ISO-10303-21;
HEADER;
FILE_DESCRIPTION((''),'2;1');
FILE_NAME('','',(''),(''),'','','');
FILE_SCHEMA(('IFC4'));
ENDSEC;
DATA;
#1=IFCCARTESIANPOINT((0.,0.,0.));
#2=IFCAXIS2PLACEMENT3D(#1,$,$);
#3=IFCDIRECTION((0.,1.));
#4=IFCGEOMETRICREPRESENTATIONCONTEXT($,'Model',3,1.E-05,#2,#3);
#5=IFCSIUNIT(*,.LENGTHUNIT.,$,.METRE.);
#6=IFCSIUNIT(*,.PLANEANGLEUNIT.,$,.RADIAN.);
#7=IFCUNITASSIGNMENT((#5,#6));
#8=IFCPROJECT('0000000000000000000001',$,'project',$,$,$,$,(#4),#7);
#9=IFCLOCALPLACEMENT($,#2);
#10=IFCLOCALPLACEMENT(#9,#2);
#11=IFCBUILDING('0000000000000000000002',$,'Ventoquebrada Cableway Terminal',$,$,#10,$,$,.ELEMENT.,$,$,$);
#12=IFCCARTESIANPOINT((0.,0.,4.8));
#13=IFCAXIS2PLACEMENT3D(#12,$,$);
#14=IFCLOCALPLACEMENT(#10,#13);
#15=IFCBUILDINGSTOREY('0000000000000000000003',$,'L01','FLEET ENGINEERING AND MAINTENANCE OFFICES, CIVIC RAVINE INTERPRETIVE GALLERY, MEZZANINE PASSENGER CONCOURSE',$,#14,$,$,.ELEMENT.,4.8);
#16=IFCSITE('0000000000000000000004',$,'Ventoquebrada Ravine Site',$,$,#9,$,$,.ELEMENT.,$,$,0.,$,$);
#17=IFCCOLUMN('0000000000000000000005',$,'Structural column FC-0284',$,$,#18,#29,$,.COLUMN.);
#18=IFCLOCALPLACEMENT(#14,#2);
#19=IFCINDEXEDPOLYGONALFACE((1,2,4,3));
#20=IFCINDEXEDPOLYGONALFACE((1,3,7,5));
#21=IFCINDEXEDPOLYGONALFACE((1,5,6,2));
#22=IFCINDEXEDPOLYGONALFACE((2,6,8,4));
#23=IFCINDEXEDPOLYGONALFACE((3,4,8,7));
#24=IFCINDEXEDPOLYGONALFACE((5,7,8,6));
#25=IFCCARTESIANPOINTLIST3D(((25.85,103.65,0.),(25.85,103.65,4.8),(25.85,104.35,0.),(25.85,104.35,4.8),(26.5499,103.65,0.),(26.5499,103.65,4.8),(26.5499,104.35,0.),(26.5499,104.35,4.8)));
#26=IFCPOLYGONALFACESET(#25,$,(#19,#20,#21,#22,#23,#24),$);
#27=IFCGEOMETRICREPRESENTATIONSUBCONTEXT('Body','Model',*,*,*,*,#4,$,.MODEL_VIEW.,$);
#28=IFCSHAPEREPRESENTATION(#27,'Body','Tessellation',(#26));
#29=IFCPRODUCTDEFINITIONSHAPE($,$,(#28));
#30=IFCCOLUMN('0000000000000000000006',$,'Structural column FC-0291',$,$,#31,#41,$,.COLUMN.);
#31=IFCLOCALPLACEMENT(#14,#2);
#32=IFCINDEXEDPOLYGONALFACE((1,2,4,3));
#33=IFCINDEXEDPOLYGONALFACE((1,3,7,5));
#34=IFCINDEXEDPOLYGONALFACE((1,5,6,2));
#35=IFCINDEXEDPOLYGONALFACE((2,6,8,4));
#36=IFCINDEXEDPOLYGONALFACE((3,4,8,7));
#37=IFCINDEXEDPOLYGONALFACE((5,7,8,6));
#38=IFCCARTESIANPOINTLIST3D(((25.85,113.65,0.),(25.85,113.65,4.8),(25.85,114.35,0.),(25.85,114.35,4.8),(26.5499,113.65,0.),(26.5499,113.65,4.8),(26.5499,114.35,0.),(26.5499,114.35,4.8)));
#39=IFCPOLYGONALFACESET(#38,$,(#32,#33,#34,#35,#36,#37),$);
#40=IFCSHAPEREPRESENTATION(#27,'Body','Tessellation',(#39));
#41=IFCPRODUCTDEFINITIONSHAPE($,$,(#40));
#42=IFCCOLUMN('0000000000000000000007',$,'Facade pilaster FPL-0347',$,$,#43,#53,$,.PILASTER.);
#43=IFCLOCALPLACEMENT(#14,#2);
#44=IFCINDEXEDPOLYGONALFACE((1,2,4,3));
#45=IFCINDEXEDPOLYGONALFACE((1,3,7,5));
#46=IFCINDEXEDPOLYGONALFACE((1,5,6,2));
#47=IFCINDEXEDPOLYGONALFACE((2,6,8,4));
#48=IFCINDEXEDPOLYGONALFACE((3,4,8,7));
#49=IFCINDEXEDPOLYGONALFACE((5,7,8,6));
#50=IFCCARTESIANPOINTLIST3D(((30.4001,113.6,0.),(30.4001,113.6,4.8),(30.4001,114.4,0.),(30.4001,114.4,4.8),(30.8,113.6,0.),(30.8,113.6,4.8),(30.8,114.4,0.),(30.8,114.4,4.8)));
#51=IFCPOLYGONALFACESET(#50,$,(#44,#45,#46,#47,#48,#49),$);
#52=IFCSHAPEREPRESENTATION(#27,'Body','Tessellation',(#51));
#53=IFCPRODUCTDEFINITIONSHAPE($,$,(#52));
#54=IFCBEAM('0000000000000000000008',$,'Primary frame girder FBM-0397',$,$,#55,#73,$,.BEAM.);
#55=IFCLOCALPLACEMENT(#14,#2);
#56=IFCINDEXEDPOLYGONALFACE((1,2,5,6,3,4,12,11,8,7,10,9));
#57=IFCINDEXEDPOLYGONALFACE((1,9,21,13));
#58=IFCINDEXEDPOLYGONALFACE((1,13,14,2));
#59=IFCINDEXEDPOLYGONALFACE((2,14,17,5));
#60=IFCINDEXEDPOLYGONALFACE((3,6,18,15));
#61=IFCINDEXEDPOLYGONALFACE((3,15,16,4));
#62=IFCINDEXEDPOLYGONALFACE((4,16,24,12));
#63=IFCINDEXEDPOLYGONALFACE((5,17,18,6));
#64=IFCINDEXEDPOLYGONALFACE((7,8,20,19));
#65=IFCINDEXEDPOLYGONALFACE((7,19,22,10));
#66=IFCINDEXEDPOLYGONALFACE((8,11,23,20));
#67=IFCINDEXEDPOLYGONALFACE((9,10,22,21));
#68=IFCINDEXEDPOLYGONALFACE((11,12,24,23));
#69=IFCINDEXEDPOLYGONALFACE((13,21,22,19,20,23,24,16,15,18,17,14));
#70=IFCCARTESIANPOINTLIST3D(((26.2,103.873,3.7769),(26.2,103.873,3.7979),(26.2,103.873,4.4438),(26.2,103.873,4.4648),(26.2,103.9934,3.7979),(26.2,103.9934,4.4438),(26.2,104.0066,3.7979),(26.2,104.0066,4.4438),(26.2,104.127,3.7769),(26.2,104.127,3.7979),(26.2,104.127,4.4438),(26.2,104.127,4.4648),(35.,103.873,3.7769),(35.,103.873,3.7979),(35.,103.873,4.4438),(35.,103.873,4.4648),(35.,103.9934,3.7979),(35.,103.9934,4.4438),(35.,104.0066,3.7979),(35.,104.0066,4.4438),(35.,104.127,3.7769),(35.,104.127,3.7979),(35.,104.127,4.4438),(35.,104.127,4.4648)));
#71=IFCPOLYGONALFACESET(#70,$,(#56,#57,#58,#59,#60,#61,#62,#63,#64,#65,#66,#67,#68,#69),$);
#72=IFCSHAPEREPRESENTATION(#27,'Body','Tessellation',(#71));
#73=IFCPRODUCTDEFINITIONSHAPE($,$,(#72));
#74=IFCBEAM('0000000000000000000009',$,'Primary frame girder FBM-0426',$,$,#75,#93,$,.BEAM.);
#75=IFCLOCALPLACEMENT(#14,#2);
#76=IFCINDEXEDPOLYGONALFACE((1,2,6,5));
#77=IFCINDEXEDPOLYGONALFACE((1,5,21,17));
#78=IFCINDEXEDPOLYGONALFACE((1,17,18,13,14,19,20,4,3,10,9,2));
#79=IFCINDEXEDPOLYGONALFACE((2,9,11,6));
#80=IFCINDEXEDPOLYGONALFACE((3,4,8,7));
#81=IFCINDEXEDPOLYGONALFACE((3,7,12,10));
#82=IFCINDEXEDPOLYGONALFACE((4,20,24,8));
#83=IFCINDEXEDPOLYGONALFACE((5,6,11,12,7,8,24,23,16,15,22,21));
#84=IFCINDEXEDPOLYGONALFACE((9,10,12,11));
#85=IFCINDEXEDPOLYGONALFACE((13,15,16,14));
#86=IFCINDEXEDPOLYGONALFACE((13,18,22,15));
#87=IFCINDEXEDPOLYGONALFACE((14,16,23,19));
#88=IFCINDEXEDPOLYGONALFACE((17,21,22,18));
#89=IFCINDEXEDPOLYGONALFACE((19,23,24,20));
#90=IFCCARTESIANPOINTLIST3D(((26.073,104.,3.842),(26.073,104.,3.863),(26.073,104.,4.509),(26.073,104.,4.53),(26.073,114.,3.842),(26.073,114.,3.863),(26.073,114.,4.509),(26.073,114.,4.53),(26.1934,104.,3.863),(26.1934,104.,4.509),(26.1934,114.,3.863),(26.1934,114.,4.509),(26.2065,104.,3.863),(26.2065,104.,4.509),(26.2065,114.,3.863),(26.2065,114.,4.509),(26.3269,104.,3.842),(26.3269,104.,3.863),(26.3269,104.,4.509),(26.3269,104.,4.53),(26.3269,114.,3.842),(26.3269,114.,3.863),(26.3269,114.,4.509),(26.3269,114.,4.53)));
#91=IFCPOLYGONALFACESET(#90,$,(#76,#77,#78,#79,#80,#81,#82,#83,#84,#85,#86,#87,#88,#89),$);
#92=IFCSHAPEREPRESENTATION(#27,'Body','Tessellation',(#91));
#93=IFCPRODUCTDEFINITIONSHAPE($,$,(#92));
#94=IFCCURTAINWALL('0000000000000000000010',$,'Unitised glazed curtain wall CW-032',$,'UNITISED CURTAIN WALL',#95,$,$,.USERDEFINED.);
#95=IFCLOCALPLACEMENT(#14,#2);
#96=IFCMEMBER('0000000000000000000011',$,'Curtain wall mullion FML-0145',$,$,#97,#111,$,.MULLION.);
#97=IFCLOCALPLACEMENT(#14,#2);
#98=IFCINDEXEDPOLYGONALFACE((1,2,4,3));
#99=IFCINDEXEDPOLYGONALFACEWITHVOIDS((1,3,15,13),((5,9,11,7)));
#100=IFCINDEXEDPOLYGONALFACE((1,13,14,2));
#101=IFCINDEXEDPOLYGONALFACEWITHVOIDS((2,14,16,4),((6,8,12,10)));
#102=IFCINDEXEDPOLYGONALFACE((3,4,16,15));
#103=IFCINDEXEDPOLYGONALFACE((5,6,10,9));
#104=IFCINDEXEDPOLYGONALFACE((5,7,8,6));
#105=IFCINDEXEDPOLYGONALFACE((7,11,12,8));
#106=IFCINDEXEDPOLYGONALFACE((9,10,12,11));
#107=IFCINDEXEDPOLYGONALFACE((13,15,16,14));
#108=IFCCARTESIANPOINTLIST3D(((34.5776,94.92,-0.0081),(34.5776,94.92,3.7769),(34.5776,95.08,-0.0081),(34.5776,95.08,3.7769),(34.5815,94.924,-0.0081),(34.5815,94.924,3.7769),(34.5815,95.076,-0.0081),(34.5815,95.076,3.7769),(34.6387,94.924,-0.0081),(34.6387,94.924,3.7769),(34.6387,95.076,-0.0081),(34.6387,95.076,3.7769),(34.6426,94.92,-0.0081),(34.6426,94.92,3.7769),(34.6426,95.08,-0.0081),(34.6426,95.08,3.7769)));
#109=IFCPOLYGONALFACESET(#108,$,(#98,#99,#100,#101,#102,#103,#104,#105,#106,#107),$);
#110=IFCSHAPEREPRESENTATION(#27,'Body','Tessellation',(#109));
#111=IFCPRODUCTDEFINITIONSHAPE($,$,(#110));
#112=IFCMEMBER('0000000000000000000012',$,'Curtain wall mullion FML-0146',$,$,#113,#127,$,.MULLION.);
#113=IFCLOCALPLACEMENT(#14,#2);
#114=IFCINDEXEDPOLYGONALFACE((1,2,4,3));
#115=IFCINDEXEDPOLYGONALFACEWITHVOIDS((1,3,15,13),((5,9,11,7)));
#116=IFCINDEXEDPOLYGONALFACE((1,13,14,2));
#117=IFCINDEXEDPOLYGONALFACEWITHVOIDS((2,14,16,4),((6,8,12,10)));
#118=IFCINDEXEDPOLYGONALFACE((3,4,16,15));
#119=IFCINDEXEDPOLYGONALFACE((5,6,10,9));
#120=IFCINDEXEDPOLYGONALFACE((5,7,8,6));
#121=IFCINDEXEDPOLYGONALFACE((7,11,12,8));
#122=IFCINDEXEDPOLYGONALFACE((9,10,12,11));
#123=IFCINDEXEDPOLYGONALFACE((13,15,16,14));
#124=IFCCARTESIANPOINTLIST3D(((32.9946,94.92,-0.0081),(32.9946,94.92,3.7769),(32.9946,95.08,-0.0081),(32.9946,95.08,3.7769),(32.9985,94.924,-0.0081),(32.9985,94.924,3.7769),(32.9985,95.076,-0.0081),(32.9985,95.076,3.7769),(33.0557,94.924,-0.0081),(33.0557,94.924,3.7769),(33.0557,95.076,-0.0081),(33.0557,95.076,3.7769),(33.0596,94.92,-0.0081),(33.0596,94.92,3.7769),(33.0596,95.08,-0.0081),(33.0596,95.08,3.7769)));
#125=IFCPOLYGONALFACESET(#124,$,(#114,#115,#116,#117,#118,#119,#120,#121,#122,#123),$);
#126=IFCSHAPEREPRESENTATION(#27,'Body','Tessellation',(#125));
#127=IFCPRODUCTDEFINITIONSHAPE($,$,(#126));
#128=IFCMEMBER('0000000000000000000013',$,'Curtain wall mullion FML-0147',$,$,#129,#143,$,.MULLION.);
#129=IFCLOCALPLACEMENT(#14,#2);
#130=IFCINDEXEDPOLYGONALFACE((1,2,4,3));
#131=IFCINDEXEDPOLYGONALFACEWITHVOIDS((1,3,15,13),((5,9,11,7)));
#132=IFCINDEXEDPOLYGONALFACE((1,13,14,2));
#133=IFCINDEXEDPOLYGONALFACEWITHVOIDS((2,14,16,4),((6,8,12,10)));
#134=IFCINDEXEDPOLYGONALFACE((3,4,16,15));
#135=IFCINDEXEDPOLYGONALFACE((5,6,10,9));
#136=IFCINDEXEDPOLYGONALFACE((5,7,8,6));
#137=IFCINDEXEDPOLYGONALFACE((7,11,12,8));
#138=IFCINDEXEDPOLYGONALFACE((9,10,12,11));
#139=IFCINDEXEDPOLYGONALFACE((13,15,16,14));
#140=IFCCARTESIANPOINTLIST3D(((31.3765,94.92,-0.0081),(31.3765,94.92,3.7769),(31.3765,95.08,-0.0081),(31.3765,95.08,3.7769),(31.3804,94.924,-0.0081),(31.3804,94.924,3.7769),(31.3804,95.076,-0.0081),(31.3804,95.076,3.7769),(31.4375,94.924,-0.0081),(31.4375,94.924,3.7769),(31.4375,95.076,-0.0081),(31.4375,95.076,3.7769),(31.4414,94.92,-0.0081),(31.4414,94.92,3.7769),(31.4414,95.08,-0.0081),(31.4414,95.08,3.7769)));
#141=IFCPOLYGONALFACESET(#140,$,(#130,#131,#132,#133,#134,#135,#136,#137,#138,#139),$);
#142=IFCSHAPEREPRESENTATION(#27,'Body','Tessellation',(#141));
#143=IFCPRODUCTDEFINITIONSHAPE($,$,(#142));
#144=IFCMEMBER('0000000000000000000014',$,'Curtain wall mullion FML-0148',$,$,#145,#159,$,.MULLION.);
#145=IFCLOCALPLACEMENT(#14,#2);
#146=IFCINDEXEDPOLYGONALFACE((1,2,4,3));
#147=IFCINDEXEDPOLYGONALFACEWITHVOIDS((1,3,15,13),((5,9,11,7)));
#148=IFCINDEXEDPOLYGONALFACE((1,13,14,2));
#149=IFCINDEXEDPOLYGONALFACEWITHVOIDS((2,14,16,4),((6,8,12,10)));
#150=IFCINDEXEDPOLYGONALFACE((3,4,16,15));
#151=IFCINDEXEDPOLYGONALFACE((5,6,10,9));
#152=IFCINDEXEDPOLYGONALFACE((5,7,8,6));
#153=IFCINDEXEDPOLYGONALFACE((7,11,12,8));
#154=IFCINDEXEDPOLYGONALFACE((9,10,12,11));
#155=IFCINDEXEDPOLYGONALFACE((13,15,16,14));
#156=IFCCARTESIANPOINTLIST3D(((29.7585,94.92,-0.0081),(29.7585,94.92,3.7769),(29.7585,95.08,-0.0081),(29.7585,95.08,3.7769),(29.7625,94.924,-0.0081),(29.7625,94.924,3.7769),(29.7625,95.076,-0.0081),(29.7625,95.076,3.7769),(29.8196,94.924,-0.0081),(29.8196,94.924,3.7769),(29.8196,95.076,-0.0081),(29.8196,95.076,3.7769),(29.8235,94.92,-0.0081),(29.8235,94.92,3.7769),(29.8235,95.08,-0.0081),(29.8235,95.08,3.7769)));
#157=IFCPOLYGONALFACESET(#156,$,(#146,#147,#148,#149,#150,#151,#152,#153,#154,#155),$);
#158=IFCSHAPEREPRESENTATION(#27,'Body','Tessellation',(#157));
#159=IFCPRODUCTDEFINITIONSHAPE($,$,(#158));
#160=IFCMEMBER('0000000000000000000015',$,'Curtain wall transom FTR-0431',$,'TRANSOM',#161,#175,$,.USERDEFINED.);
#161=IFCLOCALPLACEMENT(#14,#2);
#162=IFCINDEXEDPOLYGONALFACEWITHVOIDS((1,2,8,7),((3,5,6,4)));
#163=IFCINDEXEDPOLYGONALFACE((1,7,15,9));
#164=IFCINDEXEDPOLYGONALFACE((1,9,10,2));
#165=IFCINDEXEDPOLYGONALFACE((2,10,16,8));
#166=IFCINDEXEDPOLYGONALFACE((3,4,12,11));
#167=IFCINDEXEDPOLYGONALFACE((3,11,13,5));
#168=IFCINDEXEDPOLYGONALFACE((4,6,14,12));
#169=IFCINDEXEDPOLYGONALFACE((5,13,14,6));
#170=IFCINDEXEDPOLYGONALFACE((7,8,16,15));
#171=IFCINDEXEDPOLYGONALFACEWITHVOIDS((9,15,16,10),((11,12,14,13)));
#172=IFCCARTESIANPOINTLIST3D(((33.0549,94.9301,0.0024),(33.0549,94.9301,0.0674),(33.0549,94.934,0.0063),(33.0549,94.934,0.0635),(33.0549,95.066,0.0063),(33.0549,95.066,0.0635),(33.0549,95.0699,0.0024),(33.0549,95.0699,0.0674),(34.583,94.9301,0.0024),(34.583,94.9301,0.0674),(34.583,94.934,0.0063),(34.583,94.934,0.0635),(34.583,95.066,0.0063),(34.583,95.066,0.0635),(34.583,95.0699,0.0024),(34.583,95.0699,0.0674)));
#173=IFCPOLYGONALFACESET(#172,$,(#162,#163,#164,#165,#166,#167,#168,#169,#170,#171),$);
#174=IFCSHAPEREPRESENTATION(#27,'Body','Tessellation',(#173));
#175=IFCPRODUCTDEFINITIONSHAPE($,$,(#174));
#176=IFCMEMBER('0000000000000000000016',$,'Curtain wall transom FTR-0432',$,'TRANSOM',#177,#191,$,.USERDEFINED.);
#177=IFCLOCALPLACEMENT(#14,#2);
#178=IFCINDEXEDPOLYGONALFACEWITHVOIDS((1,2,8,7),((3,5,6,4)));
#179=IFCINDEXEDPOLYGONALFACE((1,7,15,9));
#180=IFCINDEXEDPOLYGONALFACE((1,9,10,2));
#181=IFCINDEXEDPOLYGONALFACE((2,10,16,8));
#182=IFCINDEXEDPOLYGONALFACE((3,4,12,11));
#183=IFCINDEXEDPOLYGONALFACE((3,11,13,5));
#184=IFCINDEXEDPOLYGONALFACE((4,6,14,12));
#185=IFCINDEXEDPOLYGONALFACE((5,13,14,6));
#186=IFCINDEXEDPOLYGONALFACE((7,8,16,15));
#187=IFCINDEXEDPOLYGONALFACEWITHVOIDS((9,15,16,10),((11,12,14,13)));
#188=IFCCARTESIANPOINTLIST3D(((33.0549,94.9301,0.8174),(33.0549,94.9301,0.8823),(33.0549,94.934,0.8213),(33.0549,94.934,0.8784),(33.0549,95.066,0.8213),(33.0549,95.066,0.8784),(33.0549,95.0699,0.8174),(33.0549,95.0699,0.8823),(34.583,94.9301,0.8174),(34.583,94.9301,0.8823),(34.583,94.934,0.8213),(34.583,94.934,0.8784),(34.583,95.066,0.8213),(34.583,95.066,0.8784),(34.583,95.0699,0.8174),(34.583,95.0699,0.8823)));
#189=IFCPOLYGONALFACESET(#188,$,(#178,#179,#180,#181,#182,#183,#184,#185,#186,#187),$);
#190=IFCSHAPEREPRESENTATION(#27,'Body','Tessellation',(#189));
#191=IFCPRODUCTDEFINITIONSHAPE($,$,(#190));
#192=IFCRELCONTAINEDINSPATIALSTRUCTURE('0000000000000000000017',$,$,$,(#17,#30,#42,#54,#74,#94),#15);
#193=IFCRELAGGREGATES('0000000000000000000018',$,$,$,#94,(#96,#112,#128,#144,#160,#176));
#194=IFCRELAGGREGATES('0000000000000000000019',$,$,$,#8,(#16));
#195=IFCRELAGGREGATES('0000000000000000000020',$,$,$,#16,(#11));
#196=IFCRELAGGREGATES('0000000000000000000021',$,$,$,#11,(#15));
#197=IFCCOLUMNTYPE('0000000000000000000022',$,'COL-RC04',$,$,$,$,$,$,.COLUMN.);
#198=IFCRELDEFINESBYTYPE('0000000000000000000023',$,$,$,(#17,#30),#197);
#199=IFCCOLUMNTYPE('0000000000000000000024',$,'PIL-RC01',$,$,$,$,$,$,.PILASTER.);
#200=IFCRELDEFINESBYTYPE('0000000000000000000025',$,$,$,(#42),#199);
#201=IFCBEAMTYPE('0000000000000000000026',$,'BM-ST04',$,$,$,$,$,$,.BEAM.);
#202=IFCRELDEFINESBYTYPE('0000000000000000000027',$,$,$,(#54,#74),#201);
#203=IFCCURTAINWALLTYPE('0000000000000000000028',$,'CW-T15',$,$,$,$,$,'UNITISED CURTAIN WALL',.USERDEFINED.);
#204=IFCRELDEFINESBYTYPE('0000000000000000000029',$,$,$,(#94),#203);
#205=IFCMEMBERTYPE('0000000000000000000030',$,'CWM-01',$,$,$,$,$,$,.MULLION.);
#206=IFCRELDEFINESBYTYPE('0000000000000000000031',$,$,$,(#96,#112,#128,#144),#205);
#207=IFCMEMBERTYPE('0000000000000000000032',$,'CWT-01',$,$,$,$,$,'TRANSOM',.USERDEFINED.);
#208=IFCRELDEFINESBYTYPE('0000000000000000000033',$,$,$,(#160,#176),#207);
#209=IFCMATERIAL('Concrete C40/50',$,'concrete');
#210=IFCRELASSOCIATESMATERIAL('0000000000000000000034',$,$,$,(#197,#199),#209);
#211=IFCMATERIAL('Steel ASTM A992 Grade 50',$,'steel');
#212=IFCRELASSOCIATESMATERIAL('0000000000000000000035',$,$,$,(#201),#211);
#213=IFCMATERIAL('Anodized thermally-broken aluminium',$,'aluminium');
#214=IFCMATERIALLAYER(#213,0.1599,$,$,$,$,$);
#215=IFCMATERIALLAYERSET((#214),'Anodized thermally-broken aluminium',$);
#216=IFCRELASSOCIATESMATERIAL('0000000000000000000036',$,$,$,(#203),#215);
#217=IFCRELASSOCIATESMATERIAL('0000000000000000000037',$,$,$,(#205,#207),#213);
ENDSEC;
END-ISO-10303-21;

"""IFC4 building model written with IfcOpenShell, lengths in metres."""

from ifc_helpers import new_model, si_unit, direction, frame, origin, origin_2d, place, context, subcontext, project, spatial, rectangle, hollow_rectangle, i_section, extrude, material, layer, layer_set, material_profile, profile_set, type_object, element, aggregate, save


model = new_model("IFC4")

# Units and contexts
model_context = context("Model", 3, precision=1e-05, world=origin(), true_north=direction((0.0, 1.0)))
body_context = subcontext(model_context, "Body", "Model", "MODEL_VIEW")
ifc_project = project(units=[si_unit("LENGTHUNIT", "METRE"), si_unit("PLANEANGLEUNIT", "RADIAN")], contexts=[model_context])

# Site, building, storey
site_placement = place(None, origin())
site = spatial("IfcSite", under=ifc_project, at=site_placement, Name="Ventoquebrada Ravine Site", CompositionType="ELEMENT", RefElevation=0.0)
building_placement = place(site_placement, origin())
building = spatial("IfcBuilding", under=site, at=building_placement, Name="Ventoquebrada Cableway Terminal", CompositionType="ELEMENT")
storey_placement = place(building_placement, frame((0.0, 0.0, 4.8)))
storey = spatial("IfcBuildingStorey", under=building, at=storey_placement, Name="L01", Description="FLEET ENGINEERING AND MAINTENANCE OFFICES, CIVIC RAVINE INTERPRETIVE GALLERY, MEZZANINE PASSENGER CONCOURSE", CompositionType="ELEMENT", Elevation=4.8)

# Columns
ifc_material_1 = material(Name="Concrete C40/50", Category="concrete")
ifc_material_profile_1 = material_profile(ifc_material_1, rectangle(XDim=0.7, YDim=0.7, at=origin_2d()), Name="RC-COL-700X700")
ifc_profile_set_1 = profile_set([ifc_material_profile_1], Name="Concrete C40/50")
column_type_1 = type_object("IfcColumnType", Name="COL-RC04", PredefinedType="COLUMN", material=ifc_profile_set_1)
for number, where, z_axis, x_axis, name in (
    (1, (26.2, 104.0, 0.0), (0.0, 0.0, 1.0), (1.0, 0.0, 0.0), "Structural column FC-0284"),
    (2, (26.2, 114.0, 0.0), (0.0, 0.0, 1.0), (1.0, 0.0, 0.0), "Structural column FC-0291"),
):
    element("IfcColumn", number, at=place(storey_placement, frame(where, z_axis=z_axis, x_axis=x_axis)), inside=storey, type_object=column_type_1, Name=name, PredefinedType="COLUMN", context=body_context, shape_type="SweptSolid", body=[
        extrude(rectangle(XDim=0.7, YDim=0.7, at=origin_2d()), origin(), (0.0, 0.0, 1.0), 4.8),
    ])
ifc_material_profile_2 = material_profile(ifc_material_1, rectangle(XDim=0.3999, YDim=0.8, at=origin_2d()), Name="RC-PIL-400X800")
ifc_profile_set_2 = profile_set([ifc_material_profile_2], Name="Concrete C40/50")
column_type_2 = type_object("IfcColumnType", Name="PIL-RC01", PredefinedType="PILASTER", material=ifc_profile_set_2)
column_placement = place(storey_placement, frame((30.6001, 114.0, 0.0), z_axis=(0.0, 0.0, 1.0), x_axis=(1.0, 0.0, 0.0)))
element("IfcColumn", 3, at=column_placement, inside=storey, type_object=column_type_2, Name="Facade pilaster FPL-0347", PredefinedType="PILASTER", context=body_context, shape_type="SweptSolid", body=[
    extrude(rectangle(XDim=0.3999, YDim=0.8, at=origin_2d()), origin(), (0.0, 0.0, 1.0), 4.8),
])

# Beams
ifc_material_2 = material(Name="Steel ASTM A992 Grade 50", Category="steel")
ifc_material_profile_3 = material_profile(ifc_material_2, i_section(OverallWidth=0.2539, OverallDepth=0.688, WebThickness=0.0132, FlangeThickness=0.021, at=origin_2d()), Name="W27X102")
ifc_profile_set_3 = profile_set([ifc_material_profile_3], Name="Steel ASTM A992 Grade 50")
beam_type_1 = type_object("IfcBeamType", Name="BM-ST04", PredefinedType="BEAM", material=ifc_profile_set_3)
beam_1_placement = place(storey_placement, frame((26.2, 104.0, 4.1208), z_axis=(1.0, 0.0, 0.0), x_axis=(0.0, 1.0, 0.0)))
element("IfcBeam", 4, at=beam_1_placement, inside=storey, type_object=beam_type_1, Name="Primary frame girder FBM-0397", PredefinedType="BEAM", context=body_context, shape_type="SweptSolid", body=[
    extrude(i_section(OverallWidth=0.2539, OverallDepth=0.688, WebThickness=0.0132, FlangeThickness=0.021, at=origin_2d()), origin(), (0.0, 0.0, 1.0), 8.8),
])
beam_2_placement = place(storey_placement, frame((26.2, 104.0, 4.186), z_axis=(0.0, 1.0, 0.0), x_axis=(-1.0, 0.0, 0.0)))
element("IfcBeam", 5, at=beam_2_placement, inside=storey, type_object=beam_type_1, Name="Primary frame girder FBM-0426", PredefinedType="BEAM", context=body_context, shape_type="SweptSolid", body=[
    extrude(i_section(OverallWidth=0.2539, OverallDepth=0.688, WebThickness=0.0132, FlangeThickness=0.021, at=origin_2d()), origin(), (0.0, 0.0, 1.0), 10.0),
])

# Curtain wall, members
ifc_material_3 = material(Name="Anodized thermally-broken aluminium", Category="aluminium")
ifc_layer_1 = layer(ifc_material_3, 0.1599)
ifc_layer_set_1 = layer_set([ifc_layer_1], Name="Anodized thermally-broken aluminium")
curtain_wall_type = type_object("IfcCurtainWallType", Name="CW-T15", ElementType="UNITISED CURTAIN WALL", PredefinedType="USERDEFINED", material=ifc_layer_set_1)
curtain_wall_placement = place(storey_placement, origin())
curtain_wall = element("IfcCurtainWall", 6, at=curtain_wall_placement, inside=storey, type_object=curtain_wall_type, Name="Unitised glazed curtain wall CW-032", ObjectType="UNITISED CURTAIN WALL", PredefinedType="USERDEFINED")
ifc_material_profile_4 = material_profile(ifc_material_3, hollow_rectangle(XDim=0.0649, YDim=0.1599, WallThickness=0.0039, at=origin_2d()), Name="CW-MUL-65X160")
ifc_profile_set_4 = profile_set([ifc_material_profile_4], Name="Anodized thermally-broken aluminium")
member_type_1 = type_object("IfcMemberType", Name="CWM-01", PredefinedType="MULLION", material=ifc_profile_set_4)
member_1_placement = place(storey_placement, frame((34.6101, 95.0, -0.0081), z_axis=(0.0, 0.0, 1.0), x_axis=(-1.0, 0.0, 0.0)))
member_1 = element("IfcMember", 7, at=member_1_placement, type_object=member_type_1, Name="Curtain wall mullion FML-0145", PredefinedType="MULLION", context=body_context, shape_type="SweptSolid", body=[
    extrude(hollow_rectangle(XDim=0.0649, YDim=0.1599, WallThickness=0.0039, at=origin_2d()), origin(), (0.0, 0.0, 1.0), 3.7849),
])
member_2_placement = place(storey_placement, frame((33.0271, 95.0, -0.0081), z_axis=(0.0, 0.0, 1.0), x_axis=(-1.0, 0.0, 0.0)))
member_2 = element("IfcMember", 8, at=member_2_placement, type_object=member_type_1, Name="Curtain wall mullion FML-0146", PredefinedType="MULLION", context=body_context, shape_type="SweptSolid", body=[
    extrude(hollow_rectangle(XDim=0.0649, YDim=0.1599, WallThickness=0.0039, at=origin_2d()), origin(), (0.0, 0.0, 1.0), 3.7849),
])
member_3_placement = place(storey_placement, frame((31.4089, 95.0, -0.0081), z_axis=(0.0, 0.0, 1.0), x_axis=(-1.0, 0.0, 0.0)))
member_3 = element("IfcMember", 9, at=member_3_placement, type_object=member_type_1, Name="Curtain wall mullion FML-0147", PredefinedType="MULLION", context=body_context, shape_type="SweptSolid", body=[
    extrude(hollow_rectangle(XDim=0.0649, YDim=0.1599, WallThickness=0.0039, at=origin_2d()), origin(), (0.0, 0.0, 1.0), 3.7849),
])
member_4_placement = place(storey_placement, frame((29.791, 95.0, -0.0081), z_axis=(0.0, 0.0, 1.0), x_axis=(-1.0, 0.0, 0.0)))
member_4 = element("IfcMember", 10, at=member_4_placement, type_object=member_type_1, Name="Curtain wall mullion FML-0148", PredefinedType="MULLION", context=body_context, shape_type="SweptSolid", body=[
    extrude(hollow_rectangle(XDim=0.0649, YDim=0.1599, WallThickness=0.0039, at=origin_2d()), origin(), (0.0, 0.0, 1.0), 3.7849),
])
ifc_material_profile_5 = material_profile(ifc_material_3, hollow_rectangle(XDim=0.0649, YDim=0.1399, WallThickness=0.0039, at=origin_2d()), Name="CW-TRN-65X140")
ifc_profile_set_5 = profile_set([ifc_material_profile_5], Name="Anodized thermally-broken aluminium")
member_type_2 = type_object("IfcMemberType", Name="CWT-01", ElementType="TRANSOM", PredefinedType="USERDEFINED", material=ifc_profile_set_5)
member_5_placement = place(storey_placement, frame((34.583, 95.0, 0.0349), z_axis=(-1.0, 0.0, 0.0), x_axis=(0.0, 0.0, 1.0)))
member_5 = element("IfcMember", 11, at=member_5_placement, type_object=member_type_2, Name="Curtain wall transom FTR-0431", ObjectType="TRANSOM", PredefinedType="USERDEFINED", context=body_context, shape_type="SweptSolid", body=[
    extrude(hollow_rectangle(XDim=0.0649, YDim=0.1399, WallThickness=0.0039, at=origin_2d()), origin(), (0.0, 0.0, 1.0), 1.5281),
])
member_6_placement = place(storey_placement, frame((34.583, 95.0, 0.8499), z_axis=(-1.0, 0.0, 0.0), x_axis=(0.0, 0.0, 1.0)))
member_6 = element("IfcMember", 12, at=member_6_placement, type_object=member_type_2, Name="Curtain wall transom FTR-0432", ObjectType="TRANSOM", PredefinedType="USERDEFINED", context=body_context, shape_type="SweptSolid", body=[
    extrude(hollow_rectangle(XDim=0.0649, YDim=0.1399, WallThickness=0.0039, at=origin_2d()), origin(), (0.0, 0.0, 1.0), 1.5281),
])

aggregate(curtain_wall, [member_1, member_2, member_3, member_4, member_5, member_6])

save(model, "model.ifc")
